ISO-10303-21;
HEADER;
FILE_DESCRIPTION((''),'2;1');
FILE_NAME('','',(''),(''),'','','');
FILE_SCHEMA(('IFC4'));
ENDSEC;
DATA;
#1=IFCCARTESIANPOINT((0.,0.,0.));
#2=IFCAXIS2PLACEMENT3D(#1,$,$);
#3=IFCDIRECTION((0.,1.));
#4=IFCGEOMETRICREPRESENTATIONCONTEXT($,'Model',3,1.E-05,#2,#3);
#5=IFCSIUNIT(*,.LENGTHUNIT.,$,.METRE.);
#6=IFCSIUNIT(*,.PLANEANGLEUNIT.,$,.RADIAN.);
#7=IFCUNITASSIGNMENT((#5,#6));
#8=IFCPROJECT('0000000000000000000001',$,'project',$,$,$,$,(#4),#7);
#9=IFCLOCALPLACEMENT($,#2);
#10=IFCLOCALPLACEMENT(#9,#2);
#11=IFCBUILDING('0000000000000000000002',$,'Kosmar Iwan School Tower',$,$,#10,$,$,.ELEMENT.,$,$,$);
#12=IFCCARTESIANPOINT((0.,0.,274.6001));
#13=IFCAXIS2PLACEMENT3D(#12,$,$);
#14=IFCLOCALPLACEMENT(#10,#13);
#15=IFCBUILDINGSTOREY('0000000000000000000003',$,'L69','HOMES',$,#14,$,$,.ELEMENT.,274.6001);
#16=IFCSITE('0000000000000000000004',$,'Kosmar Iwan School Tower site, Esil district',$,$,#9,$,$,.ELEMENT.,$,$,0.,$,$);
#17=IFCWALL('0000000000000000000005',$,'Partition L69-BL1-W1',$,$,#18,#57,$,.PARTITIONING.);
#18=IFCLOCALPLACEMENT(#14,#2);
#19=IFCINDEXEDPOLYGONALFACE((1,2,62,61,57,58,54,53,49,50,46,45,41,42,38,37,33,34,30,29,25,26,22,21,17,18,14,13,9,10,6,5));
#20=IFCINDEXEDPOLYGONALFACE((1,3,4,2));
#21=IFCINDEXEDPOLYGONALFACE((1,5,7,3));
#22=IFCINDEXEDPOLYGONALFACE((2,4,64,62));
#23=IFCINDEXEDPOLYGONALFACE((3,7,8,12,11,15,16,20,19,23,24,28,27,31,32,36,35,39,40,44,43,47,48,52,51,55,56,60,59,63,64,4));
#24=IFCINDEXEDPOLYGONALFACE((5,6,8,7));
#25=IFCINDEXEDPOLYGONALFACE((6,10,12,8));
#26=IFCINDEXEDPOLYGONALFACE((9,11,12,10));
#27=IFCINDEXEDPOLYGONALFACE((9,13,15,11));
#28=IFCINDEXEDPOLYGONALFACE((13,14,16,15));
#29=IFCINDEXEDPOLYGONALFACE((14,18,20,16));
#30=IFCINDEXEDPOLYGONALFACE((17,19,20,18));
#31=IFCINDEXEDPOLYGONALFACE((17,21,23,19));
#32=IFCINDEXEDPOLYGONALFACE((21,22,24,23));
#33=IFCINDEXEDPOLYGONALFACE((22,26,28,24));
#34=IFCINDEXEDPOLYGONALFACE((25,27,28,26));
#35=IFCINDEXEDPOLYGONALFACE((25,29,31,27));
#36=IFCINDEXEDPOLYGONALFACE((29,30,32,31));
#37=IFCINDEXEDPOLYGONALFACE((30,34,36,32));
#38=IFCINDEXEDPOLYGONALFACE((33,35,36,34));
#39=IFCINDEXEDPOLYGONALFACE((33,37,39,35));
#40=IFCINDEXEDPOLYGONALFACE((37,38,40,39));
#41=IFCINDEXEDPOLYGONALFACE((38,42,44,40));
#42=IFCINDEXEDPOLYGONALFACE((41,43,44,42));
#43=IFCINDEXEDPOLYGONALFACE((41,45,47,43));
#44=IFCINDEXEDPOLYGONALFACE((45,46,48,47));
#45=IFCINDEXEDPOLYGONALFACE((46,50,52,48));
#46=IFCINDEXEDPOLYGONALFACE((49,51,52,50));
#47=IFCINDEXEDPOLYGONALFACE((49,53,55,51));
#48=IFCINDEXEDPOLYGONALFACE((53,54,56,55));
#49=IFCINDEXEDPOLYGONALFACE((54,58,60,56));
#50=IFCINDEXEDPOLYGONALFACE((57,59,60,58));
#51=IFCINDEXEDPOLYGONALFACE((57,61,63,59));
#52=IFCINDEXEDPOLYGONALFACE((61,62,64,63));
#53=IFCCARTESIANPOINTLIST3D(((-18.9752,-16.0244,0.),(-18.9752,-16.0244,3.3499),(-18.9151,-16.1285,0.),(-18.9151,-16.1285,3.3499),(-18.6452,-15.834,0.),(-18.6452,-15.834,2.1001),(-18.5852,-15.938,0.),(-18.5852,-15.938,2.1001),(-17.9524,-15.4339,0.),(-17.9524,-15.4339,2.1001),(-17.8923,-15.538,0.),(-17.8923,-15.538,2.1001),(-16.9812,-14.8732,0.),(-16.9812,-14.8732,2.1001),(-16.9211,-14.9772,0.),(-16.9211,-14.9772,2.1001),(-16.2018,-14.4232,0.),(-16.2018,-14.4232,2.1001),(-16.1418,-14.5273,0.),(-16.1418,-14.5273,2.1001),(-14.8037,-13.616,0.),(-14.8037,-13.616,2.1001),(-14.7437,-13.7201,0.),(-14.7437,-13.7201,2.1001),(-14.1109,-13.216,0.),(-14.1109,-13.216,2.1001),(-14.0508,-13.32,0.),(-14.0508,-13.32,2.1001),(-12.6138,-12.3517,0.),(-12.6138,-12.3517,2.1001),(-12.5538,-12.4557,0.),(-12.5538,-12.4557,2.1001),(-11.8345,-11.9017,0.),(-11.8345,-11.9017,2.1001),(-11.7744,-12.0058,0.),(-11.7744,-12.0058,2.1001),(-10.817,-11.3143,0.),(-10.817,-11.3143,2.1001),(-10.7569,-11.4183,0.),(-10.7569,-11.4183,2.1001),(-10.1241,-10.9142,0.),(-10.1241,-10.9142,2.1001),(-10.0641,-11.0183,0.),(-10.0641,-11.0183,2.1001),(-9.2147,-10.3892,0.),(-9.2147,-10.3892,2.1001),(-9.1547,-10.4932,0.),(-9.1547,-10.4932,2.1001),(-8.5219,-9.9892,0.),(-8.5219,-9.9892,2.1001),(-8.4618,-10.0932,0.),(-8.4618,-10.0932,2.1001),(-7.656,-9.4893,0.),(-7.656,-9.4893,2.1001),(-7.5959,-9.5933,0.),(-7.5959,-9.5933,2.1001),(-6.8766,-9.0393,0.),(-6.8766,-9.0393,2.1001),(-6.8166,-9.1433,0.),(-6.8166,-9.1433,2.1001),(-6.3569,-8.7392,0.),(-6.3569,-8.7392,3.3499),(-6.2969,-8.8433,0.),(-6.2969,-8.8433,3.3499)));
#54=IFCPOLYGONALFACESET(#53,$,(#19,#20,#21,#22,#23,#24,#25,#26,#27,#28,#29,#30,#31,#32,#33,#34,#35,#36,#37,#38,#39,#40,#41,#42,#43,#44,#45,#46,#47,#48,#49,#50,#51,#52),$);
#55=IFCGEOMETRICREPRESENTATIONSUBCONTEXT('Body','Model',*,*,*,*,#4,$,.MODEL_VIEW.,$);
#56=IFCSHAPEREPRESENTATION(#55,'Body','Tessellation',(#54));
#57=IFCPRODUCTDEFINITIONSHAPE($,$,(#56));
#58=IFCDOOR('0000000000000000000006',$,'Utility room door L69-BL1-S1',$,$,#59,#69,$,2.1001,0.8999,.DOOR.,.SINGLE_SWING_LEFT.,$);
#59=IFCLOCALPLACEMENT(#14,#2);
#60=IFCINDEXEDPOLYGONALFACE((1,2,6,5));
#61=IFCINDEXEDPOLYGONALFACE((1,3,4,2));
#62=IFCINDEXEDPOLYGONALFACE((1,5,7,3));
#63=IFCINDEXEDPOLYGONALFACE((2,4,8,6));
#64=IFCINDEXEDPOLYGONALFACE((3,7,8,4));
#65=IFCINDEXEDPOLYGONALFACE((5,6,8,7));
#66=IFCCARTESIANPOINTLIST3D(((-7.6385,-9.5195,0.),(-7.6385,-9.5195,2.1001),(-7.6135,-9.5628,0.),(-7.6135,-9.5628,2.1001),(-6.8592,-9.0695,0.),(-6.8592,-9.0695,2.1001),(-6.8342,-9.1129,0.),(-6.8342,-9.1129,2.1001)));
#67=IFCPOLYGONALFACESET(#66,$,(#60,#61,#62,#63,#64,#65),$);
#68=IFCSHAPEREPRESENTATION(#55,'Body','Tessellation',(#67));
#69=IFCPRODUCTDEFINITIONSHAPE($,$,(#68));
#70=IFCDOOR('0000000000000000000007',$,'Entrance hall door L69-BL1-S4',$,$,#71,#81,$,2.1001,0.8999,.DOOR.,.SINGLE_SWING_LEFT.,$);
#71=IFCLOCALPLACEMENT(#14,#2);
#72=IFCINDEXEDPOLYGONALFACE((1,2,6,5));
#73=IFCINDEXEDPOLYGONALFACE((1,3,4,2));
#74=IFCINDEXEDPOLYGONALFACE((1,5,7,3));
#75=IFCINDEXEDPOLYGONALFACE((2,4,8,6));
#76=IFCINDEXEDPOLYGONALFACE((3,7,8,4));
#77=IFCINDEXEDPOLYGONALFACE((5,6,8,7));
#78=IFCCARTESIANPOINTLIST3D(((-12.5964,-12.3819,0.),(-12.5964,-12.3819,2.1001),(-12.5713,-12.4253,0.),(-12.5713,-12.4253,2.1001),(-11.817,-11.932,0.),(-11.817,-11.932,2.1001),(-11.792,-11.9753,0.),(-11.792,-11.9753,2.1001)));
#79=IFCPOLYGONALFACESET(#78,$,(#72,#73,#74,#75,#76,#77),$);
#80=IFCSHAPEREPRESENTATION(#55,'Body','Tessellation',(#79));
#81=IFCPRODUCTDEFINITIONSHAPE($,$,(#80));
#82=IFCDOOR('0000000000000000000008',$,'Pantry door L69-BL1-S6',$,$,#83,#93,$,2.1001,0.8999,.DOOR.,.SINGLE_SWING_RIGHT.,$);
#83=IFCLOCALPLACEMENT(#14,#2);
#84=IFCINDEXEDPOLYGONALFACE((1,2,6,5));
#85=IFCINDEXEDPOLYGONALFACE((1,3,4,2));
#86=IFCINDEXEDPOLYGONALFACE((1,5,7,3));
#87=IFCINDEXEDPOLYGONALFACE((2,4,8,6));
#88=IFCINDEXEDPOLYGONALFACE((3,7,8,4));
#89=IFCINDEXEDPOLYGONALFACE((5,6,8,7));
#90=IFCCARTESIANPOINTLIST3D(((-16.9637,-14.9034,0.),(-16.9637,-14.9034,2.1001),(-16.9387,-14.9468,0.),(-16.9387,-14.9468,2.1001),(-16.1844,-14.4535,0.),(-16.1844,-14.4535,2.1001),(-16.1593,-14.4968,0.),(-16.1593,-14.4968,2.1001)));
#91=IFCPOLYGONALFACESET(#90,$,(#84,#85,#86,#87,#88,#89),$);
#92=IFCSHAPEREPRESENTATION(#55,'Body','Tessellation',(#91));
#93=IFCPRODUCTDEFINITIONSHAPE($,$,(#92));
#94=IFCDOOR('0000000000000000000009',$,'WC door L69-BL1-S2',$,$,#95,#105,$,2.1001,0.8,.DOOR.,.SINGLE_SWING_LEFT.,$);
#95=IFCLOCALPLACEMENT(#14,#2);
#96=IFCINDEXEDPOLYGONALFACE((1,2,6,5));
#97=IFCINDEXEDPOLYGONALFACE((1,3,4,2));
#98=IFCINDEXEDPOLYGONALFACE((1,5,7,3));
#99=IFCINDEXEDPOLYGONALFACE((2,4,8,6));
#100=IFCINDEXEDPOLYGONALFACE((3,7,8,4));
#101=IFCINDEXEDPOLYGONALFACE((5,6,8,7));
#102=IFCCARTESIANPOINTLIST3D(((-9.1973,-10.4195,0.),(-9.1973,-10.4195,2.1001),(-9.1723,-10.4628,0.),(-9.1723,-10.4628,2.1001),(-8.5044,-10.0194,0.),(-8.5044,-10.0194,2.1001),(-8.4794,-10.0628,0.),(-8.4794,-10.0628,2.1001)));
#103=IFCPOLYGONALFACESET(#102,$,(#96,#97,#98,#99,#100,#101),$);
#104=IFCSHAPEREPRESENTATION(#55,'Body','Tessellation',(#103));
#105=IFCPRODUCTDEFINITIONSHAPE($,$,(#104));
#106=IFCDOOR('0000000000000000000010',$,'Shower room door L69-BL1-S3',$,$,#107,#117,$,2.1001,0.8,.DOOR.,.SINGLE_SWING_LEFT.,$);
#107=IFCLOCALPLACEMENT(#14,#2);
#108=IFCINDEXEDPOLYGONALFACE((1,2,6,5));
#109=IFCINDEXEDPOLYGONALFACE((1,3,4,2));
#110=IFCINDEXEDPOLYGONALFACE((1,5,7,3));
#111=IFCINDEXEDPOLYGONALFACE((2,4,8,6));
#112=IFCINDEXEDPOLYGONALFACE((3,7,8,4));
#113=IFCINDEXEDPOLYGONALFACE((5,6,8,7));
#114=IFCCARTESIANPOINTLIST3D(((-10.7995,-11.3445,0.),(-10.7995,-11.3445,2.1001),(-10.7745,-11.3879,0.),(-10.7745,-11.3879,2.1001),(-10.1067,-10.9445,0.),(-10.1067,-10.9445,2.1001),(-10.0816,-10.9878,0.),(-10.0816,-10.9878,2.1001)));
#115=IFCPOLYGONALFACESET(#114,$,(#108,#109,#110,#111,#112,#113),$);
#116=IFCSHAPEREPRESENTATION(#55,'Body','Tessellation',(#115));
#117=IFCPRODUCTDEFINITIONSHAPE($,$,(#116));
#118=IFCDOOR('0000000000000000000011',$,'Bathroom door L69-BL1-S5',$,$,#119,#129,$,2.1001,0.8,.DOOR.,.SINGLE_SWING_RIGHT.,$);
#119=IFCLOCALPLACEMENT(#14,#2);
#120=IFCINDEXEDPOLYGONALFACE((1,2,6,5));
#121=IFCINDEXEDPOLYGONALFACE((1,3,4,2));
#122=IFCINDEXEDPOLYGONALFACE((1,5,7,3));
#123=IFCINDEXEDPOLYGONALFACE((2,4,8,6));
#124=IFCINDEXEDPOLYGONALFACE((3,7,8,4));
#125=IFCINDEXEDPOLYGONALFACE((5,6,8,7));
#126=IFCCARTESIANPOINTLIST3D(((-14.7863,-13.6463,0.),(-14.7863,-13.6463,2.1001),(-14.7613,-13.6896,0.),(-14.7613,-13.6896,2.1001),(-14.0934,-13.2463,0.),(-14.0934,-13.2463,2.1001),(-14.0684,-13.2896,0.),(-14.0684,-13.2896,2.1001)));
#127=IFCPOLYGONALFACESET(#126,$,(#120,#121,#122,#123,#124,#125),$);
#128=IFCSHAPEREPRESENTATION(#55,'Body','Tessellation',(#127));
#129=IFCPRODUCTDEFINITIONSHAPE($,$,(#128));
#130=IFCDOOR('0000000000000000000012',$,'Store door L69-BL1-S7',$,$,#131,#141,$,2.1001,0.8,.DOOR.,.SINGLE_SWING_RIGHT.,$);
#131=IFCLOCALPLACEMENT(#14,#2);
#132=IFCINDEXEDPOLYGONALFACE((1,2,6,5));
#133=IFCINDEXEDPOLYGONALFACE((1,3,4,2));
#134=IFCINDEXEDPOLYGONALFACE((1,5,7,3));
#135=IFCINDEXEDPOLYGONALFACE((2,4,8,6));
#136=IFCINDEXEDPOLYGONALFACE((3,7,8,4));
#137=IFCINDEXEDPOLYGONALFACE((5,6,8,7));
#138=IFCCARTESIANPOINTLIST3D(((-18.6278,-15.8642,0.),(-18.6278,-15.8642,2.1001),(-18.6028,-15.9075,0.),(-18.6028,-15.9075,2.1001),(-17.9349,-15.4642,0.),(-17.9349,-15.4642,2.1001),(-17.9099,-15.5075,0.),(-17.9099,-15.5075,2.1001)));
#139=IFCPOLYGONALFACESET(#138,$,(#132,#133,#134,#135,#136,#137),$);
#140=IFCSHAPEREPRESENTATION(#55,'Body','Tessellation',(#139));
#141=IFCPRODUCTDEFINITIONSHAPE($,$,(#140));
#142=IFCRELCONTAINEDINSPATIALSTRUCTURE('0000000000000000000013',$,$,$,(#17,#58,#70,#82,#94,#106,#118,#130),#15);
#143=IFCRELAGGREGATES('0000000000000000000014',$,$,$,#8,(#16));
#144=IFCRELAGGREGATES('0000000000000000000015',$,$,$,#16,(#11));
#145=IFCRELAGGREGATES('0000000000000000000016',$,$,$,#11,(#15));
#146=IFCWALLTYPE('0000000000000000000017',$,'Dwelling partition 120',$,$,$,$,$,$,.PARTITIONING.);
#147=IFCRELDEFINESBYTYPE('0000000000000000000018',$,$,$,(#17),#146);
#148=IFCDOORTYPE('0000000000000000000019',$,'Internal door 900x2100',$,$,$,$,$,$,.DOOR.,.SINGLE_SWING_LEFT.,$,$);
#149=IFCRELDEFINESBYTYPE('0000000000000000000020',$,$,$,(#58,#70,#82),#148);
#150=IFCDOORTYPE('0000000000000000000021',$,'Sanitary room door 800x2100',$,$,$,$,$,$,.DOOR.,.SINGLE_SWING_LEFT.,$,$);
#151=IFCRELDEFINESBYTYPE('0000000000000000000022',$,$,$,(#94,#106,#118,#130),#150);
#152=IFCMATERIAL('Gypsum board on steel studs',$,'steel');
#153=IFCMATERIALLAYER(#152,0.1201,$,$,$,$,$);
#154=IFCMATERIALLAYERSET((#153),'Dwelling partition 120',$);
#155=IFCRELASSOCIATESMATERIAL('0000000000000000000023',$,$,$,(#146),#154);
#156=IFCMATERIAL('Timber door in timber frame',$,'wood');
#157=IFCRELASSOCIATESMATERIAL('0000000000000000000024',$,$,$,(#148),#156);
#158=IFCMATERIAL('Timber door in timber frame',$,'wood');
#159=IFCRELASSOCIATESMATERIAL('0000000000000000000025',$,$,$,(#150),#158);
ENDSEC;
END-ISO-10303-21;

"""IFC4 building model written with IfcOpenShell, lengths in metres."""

from ifc_helpers import new_model, si_unit, direction, frame, frame_2d, origin, place, context, subcontext, project, spatial, rectangle, extrude, material, layer, layer_set, type_object, element, fill, save


model = new_model("IFC4")

# Units and contexts
model_context = context("Model", 3, precision=1e-05, world=origin(), true_north=direction((0.0, 1.0)))
body_context = subcontext(model_context, "Body", "Model", "MODEL_VIEW")
ifc_project = project(units=[si_unit("LENGTHUNIT", "METRE"), si_unit("PLANEANGLEUNIT", "RADIAN")], contexts=[model_context])

# Site, building, storey
site_placement = place(None, origin())
site = spatial("IfcSite", under=ifc_project, at=site_placement, Name="Kosmar Iwan School Tower site, Esil district", CompositionType="ELEMENT", RefElevation=0.0)
building_placement = place(site_placement, origin())
building = spatial("IfcBuilding", under=site, at=building_placement, Name="Kosmar Iwan School Tower", CompositionType="ELEMENT")
storey_placement = place(building_placement, frame((0.0, 0.0, 274.6001)))
storey = spatial("IfcBuildingStorey", under=building, at=storey_placement, Name="L69", Description="HOMES", CompositionType="ELEMENT", Elevation=274.6001)

# Wall, openings, doors
ifc_material_1 = material(Name="Gypsum board on steel studs", Category="steel")
ifc_layer_1 = layer(ifc_material_1, 0.1201)
ifc_layer_set_1 = layer_set([ifc_layer_1], Name="Dwelling partition 120")
wall_type_1 = type_object("IfcWallType", Name="Dwelling partition 120", PredefinedType="PARTITIONING", material=ifc_layer_set_1)
wall_1_placement = place(storey_placement, frame((-6.3269, -8.7913, 0.0), z_axis=(0.0, 0.0, 1.0), x_axis=(-0.866024, -0.500003, 0.0)))
wall_1 = element("IfcWall", 1, at=wall_1_placement, inside=storey, type_object=wall_type_1, Name="Partition L69-BL1-W1", PredefinedType="PARTITIONING", context=body_context, shape_type="SweptSolid", body=[
    extrude(rectangle(XDim=14.5703, YDim=0.1201, at=frame_2d((7.2852, 0.0))), origin(), (0.0, 0.0, 1.0), 3.3499),
])
opening_1_placement = place(wall_1_placement, frame((0.6001, 0.0, 0.0)))
opening_1 = element("IfcOpeningElement", 2, at=opening_1_placement, cuts=wall_1, PredefinedType="OPENING", context=body_context, shape_type="SweptSolid", body=[
    extrude(rectangle(XDim=0.8999, YDim=2.1001, at=frame_2d((0.45, 1.05))), frame((0.0, 0.072, 0.0), z_axis=(0.0, -1.0, 0.0), x_axis=(1.0, 0.0, 0.0)), (0.0, 0.0, 1.0), 0.144),
])
opening_2_placement = place(wall_1_placement, frame((2.5, 0.0, 0.0)))
opening_2 = element("IfcOpeningElement", 3, at=opening_2_placement, cuts=wall_1, PredefinedType="OPENING", context=body_context, shape_type="SweptSolid", body=[
    extrude(rectangle(XDim=0.8, YDim=2.1001, at=frame_2d((0.3999, 1.05))), frame((0.0, 0.072, 0.0), z_axis=(0.0, -1.0, 0.0), x_axis=(1.0, 0.0, 0.0)), (0.0, 0.0, 1.0), 0.144),
])
opening_3_placement = place(wall_1_placement, frame((4.3501, 0.0, 0.0)))
opening_3 = element("IfcOpeningElement", 4, at=opening_3_placement, cuts=wall_1, PredefinedType="OPENING", context=body_context, shape_type="SweptSolid", body=[
    extrude(rectangle(XDim=0.8, YDim=2.1001, at=frame_2d((0.3999, 1.05))), frame((0.0, 0.072, 0.0), z_axis=(0.0, -1.0, 0.0), x_axis=(1.0, 0.0, 0.0)), (0.0, 0.0, 1.0), 0.144),
])
opening_4_placement = place(wall_1_placement, frame((6.325, 0.0, 0.0)))
opening_4 = element("IfcOpeningElement", 5, at=opening_4_placement, cuts=wall_1, PredefinedType="OPENING", context=body_context, shape_type="SweptSolid", body=[
    extrude(rectangle(XDim=0.8999, YDim=2.1001, at=frame_2d((0.45, 1.05))), frame((0.0, 0.072, 0.0), z_axis=(0.0, -1.0, 0.0), x_axis=(1.0, 0.0, 0.0)), (0.0, 0.0, 1.0), 0.144),
])
opening_5_placement = place(wall_1_placement, frame((8.9536, 0.0, 0.0)))
opening_5 = element("IfcOpeningElement", 6, at=opening_5_placement, cuts=wall_1, PredefinedType="OPENING", context=body_context, shape_type="SweptSolid", body=[
    extrude(rectangle(XDim=0.8, YDim=2.1001, at=frame_2d((0.3999, 1.05))), frame((0.0, 0.072, 0.0), z_axis=(0.0, -1.0, 0.0), x_axis=(1.0, 0.0, 0.0)), (0.0, 0.0, 1.0), 0.144),
])
opening_6_placement = place(wall_1_placement, frame((11.3679, 0.0, 0.0)))
opening_6 = element("IfcOpeningElement", 7, at=opening_6_placement, cuts=wall_1, PredefinedType="OPENING", context=body_context, shape_type="SweptSolid", body=[
    extrude(rectangle(XDim=0.8999, YDim=2.1001, at=frame_2d((0.45, 1.05))), frame((0.0, 0.072, 0.0), z_axis=(0.0, -1.0, 0.0), x_axis=(1.0, 0.0, 0.0)), (0.0, 0.0, 1.0), 0.144),
])
opening_7_placement = place(wall_1_placement, frame((13.3894, 0.0, 0.0)))
opening_7 = element("IfcOpeningElement", 8, at=opening_7_placement, cuts=wall_1, PredefinedType="OPENING", context=body_context, shape_type="SweptSolid", body=[
    extrude(rectangle(XDim=0.8, YDim=2.1001, at=frame_2d((0.3999, 1.05))), frame((0.0, 0.072, 0.0), z_axis=(0.0, -1.0, 0.0), x_axis=(1.0, 0.0, 0.0)), (0.0, 0.0, 1.0), 0.144),
])
ifc_material_2 = material(Name="Timber door in timber frame", Category="wood")
door_type_1 = type_object("IfcDoorType", Name="Internal door 900x2100", OperationType="SINGLE_SWING_LEFT", PredefinedType="DOOR", material=ifc_material_2)
door_1_placement = place(opening_1_placement, origin())
door_1 = element("IfcDoor", 9, at=door_1_placement, inside=storey, type_object=door_type_1, Name="Utility room door L69-BL1-S1", OperationType="SINGLE_SWING_LEFT", OverallHeight=2.1001, OverallWidth=0.8999, PredefinedType="DOOR", context=body_context, shape_type="SweptSolid", body=[
    extrude(rectangle(XDim=0.8999, YDim=2.1001, at=frame_2d((0.45, 1.05))), frame((0.0, 0.0249, 0.0), z_axis=(0.0, -1.0, 0.0), x_axis=(1.0, 0.0, 0.0)), (0.0, 0.0, 1.0), 0.05),
])
fill(opening_1, door_1)
door_2_placement = place(opening_4_placement, origin())
door_2 = element("IfcDoor", 10, at=door_2_placement, inside=storey, type_object=door_type_1, Name="Entrance hall door L69-BL1-S4", OperationType="SINGLE_SWING_LEFT", OverallHeight=2.1001, OverallWidth=0.8999, PredefinedType="DOOR", context=body_context, shape_type="SweptSolid", body=[
    extrude(rectangle(XDim=0.8999, YDim=2.1001, at=frame_2d((0.45, 1.05))), frame((0.0, 0.0249, 0.0), z_axis=(0.0, -1.0, 0.0), x_axis=(1.0, 0.0, 0.0)), (0.0, 0.0, 1.0), 0.05),
])
fill(opening_4, door_2)
door_3_placement = place(opening_6_placement, origin())
door_3 = element("IfcDoor", 11, at=door_3_placement, inside=storey, type_object=door_type_1, Name="Pantry door L69-BL1-S6", OperationType="SINGLE_SWING_RIGHT", OverallHeight=2.1001, OverallWidth=0.8999, PredefinedType="DOOR", context=body_context, shape_type="SweptSolid", body=[
    extrude(rectangle(XDim=0.8999, YDim=2.1001, at=frame_2d((0.45, 1.05))), frame((0.0, 0.0249, 0.0), z_axis=(0.0, -1.0, 0.0), x_axis=(1.0, 0.0, 0.0)), (0.0, 0.0, 1.0), 0.05),
])
fill(opening_6, door_3)
ifc_material_3 = material(Name="Timber door in timber frame", Category="wood")
door_type_2 = type_object("IfcDoorType", Name="Sanitary room door 800x2100", OperationType="SINGLE_SWING_LEFT", PredefinedType="DOOR", material=ifc_material_3)
door_4_placement = place(opening_2_placement, origin())
door_4 = element("IfcDoor", 12, at=door_4_placement, inside=storey, type_object=door_type_2, Name="WC door L69-BL1-S2", OperationType="SINGLE_SWING_LEFT", OverallHeight=2.1001, OverallWidth=0.8, PredefinedType="DOOR", context=body_context, shape_type="SweptSolid", body=[
    extrude(rectangle(XDim=0.8, YDim=2.1001, at=frame_2d((0.3999, 1.05))), frame((0.0, 0.0249, 0.0), z_axis=(0.0, -1.0, 0.0), x_axis=(1.0, 0.0, 0.0)), (0.0, 0.0, 1.0), 0.05),
])
fill(opening_2, door_4)
door_5_placement = place(opening_3_placement, origin())
door_5 = element("IfcDoor", 13, at=door_5_placement, inside=storey, type_object=door_type_2, Name="Shower room door L69-BL1-S3", OperationType="SINGLE_SWING_LEFT", OverallHeight=2.1001, OverallWidth=0.8, PredefinedType="DOOR", context=body_context, shape_type="SweptSolid", body=[
    extrude(rectangle(XDim=0.8, YDim=2.1001, at=frame_2d((0.3999, 1.05))), frame((0.0, 0.0249, 0.0), z_axis=(0.0, -1.0, 0.0), x_axis=(1.0, 0.0, 0.0)), (0.0, 0.0, 1.0), 0.05),
])
fill(opening_3, door_5)
door_6_placement = place(opening_5_placement, origin())
door_6 = element("IfcDoor", 14, at=door_6_placement, inside=storey, type_object=door_type_2, Name="Bathroom door L69-BL1-S5", OperationType="SINGLE_SWING_RIGHT", OverallHeight=2.1001, OverallWidth=0.8, PredefinedType="DOOR", context=body_context, shape_type="SweptSolid", body=[
    extrude(rectangle(XDim=0.8, YDim=2.1001, at=frame_2d((0.3999, 1.05))), frame((0.0, 0.0249, 0.0), z_axis=(0.0, -1.0, 0.0), x_axis=(1.0, 0.0, 0.0)), (0.0, 0.0, 1.0), 0.05),
])
fill(opening_5, door_6)
door_7_placement = place(opening_7_placement, origin())
door_7 = element("IfcDoor", 15, at=door_7_placement, inside=storey, type_object=door_type_2, Name="Store door L69-BL1-S7", OperationType="SINGLE_SWING_RIGHT", OverallHeight=2.1001, OverallWidth=0.8, PredefinedType="DOOR", context=body_context, shape_type="SweptSolid", body=[
    extrude(rectangle(XDim=0.8, YDim=2.1001, at=frame_2d((0.3999, 1.05))), frame((0.0, 0.0249, 0.0), z_axis=(0.0, -1.0, 0.0), x_axis=(1.0, 0.0, 0.0)), (0.0, 0.0, 1.0), 0.05),
])
fill(opening_7, door_7)

save(model, "model.ifc")
